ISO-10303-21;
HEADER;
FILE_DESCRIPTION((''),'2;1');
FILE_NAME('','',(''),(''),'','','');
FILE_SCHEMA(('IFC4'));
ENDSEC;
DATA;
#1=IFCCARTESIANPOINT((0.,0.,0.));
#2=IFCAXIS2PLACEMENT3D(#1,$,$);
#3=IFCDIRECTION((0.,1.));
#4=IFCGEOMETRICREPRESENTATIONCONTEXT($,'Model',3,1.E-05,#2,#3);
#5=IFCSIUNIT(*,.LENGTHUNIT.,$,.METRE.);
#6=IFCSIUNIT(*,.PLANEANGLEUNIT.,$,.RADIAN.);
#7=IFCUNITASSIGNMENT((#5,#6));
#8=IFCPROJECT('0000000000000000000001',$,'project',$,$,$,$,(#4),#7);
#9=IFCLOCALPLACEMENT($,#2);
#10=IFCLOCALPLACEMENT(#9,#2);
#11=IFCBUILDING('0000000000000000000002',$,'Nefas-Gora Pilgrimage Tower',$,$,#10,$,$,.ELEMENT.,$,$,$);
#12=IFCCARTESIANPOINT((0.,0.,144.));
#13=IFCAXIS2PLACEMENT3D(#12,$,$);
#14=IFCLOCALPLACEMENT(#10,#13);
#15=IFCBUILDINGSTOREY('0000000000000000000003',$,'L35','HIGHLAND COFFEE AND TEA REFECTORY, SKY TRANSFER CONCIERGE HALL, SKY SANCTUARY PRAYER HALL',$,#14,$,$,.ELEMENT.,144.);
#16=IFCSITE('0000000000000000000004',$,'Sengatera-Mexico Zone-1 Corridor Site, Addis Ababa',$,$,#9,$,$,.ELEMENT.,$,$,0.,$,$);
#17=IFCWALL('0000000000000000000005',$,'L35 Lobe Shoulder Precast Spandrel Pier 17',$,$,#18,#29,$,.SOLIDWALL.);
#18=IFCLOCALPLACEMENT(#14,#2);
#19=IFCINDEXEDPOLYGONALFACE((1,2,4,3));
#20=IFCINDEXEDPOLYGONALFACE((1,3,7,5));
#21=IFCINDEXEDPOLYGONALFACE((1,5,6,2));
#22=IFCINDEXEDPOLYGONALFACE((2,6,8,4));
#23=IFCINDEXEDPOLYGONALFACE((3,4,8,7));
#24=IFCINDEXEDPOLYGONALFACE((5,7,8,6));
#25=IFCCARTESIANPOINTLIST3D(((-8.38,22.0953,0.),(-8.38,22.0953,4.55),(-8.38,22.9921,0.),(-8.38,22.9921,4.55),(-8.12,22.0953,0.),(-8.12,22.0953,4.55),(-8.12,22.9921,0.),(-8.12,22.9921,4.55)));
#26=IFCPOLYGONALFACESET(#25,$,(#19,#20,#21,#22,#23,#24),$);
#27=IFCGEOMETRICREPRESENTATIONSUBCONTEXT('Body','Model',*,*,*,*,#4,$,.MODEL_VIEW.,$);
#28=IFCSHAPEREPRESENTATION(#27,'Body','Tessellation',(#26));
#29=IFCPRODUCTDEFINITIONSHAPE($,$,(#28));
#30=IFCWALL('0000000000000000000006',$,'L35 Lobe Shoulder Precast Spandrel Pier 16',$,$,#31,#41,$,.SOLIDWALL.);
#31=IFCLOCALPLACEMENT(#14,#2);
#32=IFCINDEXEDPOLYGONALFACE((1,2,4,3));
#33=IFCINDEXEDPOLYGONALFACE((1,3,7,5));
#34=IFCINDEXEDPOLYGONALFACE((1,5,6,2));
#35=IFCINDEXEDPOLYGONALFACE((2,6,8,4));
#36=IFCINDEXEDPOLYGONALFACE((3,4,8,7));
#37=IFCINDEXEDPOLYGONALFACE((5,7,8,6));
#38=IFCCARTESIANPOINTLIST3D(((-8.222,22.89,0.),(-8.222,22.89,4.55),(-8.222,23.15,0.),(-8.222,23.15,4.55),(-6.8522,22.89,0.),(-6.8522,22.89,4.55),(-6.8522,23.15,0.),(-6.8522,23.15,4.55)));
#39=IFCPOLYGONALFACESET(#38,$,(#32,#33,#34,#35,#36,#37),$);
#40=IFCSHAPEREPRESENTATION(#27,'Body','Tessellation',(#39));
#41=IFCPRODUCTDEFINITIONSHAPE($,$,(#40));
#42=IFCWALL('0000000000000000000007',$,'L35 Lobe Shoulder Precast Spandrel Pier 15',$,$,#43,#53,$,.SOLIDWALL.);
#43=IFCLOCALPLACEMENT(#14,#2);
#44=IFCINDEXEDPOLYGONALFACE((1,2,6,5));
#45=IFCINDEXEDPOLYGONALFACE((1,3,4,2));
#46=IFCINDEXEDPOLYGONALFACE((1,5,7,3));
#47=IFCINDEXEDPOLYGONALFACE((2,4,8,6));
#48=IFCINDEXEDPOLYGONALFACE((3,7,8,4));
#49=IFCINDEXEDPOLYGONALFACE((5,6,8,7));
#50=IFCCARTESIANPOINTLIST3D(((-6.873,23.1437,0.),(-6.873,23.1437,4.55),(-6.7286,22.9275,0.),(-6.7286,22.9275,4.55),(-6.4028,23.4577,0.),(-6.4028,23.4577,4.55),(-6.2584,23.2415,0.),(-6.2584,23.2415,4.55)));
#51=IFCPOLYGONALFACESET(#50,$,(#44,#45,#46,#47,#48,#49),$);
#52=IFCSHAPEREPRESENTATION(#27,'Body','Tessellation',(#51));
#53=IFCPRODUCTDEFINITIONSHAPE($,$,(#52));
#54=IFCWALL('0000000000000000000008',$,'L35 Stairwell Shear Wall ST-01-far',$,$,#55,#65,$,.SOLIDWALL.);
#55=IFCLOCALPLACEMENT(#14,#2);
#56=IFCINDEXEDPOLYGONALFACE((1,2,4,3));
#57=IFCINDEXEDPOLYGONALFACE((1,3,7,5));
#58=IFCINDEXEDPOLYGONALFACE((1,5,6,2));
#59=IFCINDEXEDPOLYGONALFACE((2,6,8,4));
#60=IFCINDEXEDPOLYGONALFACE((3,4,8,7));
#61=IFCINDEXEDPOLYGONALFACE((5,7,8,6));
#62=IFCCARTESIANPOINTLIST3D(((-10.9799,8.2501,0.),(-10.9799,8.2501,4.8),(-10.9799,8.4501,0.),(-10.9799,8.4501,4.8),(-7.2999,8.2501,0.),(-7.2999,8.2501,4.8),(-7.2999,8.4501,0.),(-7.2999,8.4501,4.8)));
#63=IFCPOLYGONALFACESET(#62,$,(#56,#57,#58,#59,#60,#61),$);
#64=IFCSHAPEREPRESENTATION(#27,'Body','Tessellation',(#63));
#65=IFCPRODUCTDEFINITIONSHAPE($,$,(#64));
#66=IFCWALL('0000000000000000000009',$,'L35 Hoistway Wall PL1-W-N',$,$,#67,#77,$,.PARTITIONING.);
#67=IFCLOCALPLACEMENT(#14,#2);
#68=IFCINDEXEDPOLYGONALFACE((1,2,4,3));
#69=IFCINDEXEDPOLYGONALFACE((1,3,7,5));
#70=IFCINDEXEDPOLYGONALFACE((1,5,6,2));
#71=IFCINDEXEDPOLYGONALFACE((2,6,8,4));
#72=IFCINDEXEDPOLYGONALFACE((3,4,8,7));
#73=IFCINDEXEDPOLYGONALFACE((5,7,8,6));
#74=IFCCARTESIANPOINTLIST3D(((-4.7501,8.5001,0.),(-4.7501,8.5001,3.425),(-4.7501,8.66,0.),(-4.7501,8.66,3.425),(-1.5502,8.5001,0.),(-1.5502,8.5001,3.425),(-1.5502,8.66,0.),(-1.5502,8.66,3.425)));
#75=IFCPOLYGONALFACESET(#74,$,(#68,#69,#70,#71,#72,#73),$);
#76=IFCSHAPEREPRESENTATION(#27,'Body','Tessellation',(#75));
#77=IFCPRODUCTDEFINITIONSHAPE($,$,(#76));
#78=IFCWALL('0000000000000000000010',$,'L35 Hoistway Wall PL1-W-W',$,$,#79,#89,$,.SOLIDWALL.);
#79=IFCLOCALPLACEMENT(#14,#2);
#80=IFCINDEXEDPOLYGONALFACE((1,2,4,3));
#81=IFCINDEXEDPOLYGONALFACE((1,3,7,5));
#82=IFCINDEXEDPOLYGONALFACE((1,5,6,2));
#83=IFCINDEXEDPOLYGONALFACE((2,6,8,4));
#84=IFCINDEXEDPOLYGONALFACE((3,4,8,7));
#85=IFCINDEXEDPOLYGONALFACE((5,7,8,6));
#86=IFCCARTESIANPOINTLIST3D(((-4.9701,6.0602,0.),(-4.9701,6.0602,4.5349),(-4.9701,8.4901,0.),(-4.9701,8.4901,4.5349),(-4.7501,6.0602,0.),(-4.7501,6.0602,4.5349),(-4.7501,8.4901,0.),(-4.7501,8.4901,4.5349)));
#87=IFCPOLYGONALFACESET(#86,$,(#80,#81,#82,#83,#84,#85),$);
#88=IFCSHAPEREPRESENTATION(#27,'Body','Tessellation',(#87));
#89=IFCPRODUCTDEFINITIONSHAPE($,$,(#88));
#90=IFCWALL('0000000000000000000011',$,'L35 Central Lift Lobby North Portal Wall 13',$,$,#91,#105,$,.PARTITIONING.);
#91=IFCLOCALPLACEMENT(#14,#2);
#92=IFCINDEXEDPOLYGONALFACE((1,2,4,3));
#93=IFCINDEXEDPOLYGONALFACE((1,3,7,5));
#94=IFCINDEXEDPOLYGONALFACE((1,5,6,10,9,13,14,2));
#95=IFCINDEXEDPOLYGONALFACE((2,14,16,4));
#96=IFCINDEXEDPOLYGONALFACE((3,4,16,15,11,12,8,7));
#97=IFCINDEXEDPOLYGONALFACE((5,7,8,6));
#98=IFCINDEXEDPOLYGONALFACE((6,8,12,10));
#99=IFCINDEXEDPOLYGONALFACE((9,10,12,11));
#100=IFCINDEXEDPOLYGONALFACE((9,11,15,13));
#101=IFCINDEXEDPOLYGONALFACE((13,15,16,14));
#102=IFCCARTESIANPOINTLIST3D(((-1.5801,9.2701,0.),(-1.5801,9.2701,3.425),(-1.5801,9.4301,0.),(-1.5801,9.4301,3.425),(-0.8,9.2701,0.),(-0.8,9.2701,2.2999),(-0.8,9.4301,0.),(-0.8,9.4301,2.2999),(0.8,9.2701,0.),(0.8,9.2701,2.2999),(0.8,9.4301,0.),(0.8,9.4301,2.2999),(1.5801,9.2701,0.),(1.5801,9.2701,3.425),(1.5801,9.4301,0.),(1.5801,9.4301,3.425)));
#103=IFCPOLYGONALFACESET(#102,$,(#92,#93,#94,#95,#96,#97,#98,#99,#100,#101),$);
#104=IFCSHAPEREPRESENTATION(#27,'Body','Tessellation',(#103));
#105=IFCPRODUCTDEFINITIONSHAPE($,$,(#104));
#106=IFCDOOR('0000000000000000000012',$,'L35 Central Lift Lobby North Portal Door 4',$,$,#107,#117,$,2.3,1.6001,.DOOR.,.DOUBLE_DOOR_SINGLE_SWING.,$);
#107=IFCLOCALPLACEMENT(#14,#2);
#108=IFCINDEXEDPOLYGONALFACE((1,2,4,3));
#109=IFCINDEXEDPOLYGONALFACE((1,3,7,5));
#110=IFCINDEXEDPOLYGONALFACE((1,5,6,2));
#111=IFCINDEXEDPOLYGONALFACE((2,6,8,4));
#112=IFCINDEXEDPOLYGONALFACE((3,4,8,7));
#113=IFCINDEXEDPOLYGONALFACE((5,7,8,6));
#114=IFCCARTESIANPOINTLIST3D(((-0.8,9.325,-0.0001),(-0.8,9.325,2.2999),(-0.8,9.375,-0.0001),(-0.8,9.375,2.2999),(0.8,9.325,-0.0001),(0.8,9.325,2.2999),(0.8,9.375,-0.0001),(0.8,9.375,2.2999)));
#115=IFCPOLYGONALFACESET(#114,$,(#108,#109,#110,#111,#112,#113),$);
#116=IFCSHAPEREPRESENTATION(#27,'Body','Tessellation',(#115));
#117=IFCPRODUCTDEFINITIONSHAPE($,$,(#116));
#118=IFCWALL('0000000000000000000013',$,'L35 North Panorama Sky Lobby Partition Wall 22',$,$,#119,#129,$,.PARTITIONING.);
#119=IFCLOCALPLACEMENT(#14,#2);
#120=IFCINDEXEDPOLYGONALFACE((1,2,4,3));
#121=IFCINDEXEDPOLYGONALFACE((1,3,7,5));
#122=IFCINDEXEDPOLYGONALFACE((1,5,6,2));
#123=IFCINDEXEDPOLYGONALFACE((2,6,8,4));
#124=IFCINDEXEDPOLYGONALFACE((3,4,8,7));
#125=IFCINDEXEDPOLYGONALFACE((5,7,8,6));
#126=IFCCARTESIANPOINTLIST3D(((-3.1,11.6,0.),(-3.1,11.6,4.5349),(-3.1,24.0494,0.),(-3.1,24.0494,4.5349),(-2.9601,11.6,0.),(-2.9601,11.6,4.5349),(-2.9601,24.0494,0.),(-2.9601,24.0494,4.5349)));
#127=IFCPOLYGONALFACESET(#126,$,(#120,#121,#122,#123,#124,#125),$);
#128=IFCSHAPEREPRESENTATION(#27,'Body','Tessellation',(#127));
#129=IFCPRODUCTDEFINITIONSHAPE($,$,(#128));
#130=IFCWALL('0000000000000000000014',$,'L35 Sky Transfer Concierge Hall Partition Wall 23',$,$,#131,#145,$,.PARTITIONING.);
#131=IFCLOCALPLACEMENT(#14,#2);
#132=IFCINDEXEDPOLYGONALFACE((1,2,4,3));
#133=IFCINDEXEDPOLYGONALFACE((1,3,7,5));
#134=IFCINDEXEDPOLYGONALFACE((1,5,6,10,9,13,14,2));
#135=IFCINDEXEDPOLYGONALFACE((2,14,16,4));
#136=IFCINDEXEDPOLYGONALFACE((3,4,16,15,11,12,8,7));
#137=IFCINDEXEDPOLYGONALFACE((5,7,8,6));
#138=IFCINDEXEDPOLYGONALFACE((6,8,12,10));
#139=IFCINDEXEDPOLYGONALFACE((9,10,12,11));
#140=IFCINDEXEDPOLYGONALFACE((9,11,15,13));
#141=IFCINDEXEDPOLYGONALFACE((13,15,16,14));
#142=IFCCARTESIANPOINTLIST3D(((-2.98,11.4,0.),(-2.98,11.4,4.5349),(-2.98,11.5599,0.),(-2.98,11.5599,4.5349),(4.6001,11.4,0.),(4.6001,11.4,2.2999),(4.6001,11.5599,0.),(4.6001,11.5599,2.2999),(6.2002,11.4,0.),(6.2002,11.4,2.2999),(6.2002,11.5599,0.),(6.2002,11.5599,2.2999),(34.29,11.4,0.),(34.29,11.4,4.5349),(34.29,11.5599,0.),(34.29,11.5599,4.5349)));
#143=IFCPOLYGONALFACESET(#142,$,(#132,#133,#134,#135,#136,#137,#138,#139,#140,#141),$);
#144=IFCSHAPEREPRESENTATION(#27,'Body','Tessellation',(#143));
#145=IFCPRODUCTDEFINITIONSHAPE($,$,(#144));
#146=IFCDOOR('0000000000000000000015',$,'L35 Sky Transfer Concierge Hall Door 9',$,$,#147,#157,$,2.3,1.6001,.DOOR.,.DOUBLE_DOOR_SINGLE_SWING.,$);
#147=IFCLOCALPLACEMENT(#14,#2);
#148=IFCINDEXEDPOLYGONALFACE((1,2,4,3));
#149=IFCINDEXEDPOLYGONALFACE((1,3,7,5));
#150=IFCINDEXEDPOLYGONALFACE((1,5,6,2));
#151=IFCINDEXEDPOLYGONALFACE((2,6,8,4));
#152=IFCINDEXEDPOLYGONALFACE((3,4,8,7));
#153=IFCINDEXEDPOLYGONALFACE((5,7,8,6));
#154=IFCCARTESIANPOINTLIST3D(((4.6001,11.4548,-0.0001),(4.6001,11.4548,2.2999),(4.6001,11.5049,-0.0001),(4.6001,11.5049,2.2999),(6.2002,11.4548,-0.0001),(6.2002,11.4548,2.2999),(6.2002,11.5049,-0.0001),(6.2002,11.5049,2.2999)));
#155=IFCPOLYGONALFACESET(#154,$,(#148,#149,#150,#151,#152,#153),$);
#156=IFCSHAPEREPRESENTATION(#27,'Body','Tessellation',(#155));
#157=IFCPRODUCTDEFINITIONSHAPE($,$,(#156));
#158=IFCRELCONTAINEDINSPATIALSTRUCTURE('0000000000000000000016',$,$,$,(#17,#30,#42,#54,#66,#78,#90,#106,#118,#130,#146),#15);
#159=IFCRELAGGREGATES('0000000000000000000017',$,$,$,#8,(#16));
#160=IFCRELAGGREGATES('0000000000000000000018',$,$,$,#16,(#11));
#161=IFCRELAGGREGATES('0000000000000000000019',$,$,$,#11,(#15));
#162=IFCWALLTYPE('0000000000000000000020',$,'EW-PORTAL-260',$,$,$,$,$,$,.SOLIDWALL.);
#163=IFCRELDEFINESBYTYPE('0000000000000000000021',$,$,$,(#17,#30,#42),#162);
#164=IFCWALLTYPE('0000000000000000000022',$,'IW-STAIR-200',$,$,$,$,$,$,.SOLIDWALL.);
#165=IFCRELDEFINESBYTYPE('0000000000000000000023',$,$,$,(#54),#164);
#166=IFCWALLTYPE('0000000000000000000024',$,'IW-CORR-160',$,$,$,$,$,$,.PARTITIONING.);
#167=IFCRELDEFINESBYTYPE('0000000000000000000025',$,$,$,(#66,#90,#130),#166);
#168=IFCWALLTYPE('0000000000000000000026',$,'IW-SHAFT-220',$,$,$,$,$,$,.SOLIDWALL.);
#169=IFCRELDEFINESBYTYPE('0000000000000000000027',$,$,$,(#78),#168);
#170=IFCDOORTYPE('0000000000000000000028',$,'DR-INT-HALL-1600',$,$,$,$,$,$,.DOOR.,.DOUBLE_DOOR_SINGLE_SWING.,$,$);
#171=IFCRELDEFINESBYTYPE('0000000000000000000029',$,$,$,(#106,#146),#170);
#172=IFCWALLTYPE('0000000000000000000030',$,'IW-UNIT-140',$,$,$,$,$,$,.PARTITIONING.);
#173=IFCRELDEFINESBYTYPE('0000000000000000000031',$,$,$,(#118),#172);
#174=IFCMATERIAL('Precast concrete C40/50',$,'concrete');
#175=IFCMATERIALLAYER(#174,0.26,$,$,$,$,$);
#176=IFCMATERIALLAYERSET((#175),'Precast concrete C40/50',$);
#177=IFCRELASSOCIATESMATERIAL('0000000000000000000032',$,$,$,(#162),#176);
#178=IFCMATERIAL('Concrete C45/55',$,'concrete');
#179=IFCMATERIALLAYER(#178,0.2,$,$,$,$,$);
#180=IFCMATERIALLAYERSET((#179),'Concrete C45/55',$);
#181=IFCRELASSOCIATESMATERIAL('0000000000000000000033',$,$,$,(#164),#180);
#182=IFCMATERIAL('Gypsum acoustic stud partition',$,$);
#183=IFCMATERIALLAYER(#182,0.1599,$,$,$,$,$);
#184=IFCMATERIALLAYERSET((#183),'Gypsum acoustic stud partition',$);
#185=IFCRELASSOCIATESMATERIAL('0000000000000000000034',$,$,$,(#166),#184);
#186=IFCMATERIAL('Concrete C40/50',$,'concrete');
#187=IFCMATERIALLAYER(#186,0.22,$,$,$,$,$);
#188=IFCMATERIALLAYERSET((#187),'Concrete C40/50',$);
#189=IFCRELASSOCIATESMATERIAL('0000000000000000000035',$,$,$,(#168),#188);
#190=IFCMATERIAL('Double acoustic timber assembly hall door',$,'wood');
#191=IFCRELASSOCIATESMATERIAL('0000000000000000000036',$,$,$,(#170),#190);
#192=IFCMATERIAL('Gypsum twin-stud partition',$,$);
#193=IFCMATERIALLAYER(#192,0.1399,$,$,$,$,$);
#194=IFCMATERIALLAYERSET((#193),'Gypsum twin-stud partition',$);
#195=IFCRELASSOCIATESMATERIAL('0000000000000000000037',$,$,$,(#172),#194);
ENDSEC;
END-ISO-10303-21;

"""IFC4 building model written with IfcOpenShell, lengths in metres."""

from ifc_helpers import new_model, si_unit, direction, frame, frame_2d, origin, place, context, subcontext, project, spatial, rectangle, extrude, source, transform, mapped, material, layer, layer_set, type_object, element, fill, save


model = new_model("IFC4")

# Units and contexts
model_context = context("Model", 3, precision=1e-05, world=origin(), true_north=direction((0.0, 1.0)))
body_context = subcontext(model_context, "Body", "Model", "MODEL_VIEW")
ifc_project = project(units=[si_unit("LENGTHUNIT", "METRE"), si_unit("PLANEANGLEUNIT", "RADIAN")], contexts=[model_context])

# Site, building, storey
site_placement = place(None, origin())
site = spatial("IfcSite", under=ifc_project, at=site_placement, Name="Sengatera-Mexico Zone-1 Corridor Site, Addis Ababa", CompositionType="ELEMENT", RefElevation=0.0)
building_placement = place(site_placement, origin())
building = spatial("IfcBuilding", under=site, at=building_placement, Name="Nefas-Gora Pilgrimage Tower", CompositionType="ELEMENT")
storey_placement = place(building_placement, frame((0.0, 0.0, 144.0)))
storey = spatial("IfcBuildingStorey", under=building, at=storey_placement, Name="L35", Description="HIGHLAND COFFEE AND TEA REFECTORY, SKY TRANSFER CONCIERGE HALL, SKY SANCTUARY PRAYER HALL", CompositionType="ELEMENT", Elevation=144.0)

# Walls
ifc_material_1 = material(Name="Precast concrete C40/50", Category="concrete")
ifc_layer_1 = layer(ifc_material_1, 0.26)
ifc_layer_set_1 = layer_set([ifc_layer_1], Name="Precast concrete C40/50")
wall_type_1 = type_object("IfcWallType", Name="EW-PORTAL-260", PredefinedType="SOLIDWALL", material=ifc_layer_set_1)
shared_shape_1 = source(origin(), body_context, "Body", "SweptSolid", [
    extrude(rectangle(XDim=0.8967, YDim=0.26, at=frame_2d((0.4482, 0.0))), origin(), (0.0, 0.0, 1.0), 4.55),
])
wall_1_placement = place(storey_placement, frame((-8.25, 22.9919, 0.0), z_axis=(0.0, 0.0, 1.0), x_axis=(0.0, -1.0, 0.0)))
element("IfcWall", 1, at=wall_1_placement, inside=storey, type_object=wall_type_1, Name="L35 Lobe Shoulder Precast Spandrel Pier 17", PredefinedType="SOLIDWALL", context=body_context, shape_type="MappedRepresentation", body=[
    mapped(shared_shape_1, transform((0.0, 0.0, 0.0), x_axis=(1.0, 0.0, 0.0), y_axis=(0.0, 1.0, 0.0), z_axis=(0.0, 0.0, 1.0), scale=1.0)),
])
shared_shape_2 = source(origin(), body_context, "Body", "SweptSolid", [
    extrude(rectangle(XDim=1.3699, YDim=0.26, at=frame_2d((0.6851, 0.0))), origin(), (0.0, 0.0, 1.0), 4.55),
])
wall_2_placement = place(storey_placement, frame((-6.8521, 23.02, 0.0), z_axis=(0.0, 0.0, 1.0), x_axis=(-1.0, 0.0, 0.0)))
element("IfcWall", 2, at=wall_2_placement, inside=storey, type_object=wall_type_1, Name="L35 Lobe Shoulder Precast Spandrel Pier 16", PredefinedType="SOLIDWALL", context=body_context, shape_type="MappedRepresentation", body=[
    mapped(shared_shape_2, transform((0.0, 0.0, 0.0), x_axis=(1.0, 0.0, 0.0), y_axis=(0.0, 1.0, 0.0), z_axis=(0.0, 0.0, 1.0), scale=1.0)),
])
shared_shape_3 = source(origin(), body_context, "Body", "SweptSolid", [
    extrude(rectangle(XDim=0.5654, YDim=0.26, at=frame_2d((0.2827, 0.0))), origin(), (0.0, 0.0, 1.0), 4.55),
])
wall_3_placement = place(storey_placement, frame((-6.3306, 23.3496, 0.0), z_axis=(0.0, 0.0, 1.0), x_axis=(-0.831651, -0.555298, 0.0)))
element("IfcWall", 3, at=wall_3_placement, inside=storey, type_object=wall_type_1, Name="L35 Lobe Shoulder Precast Spandrel Pier 15", PredefinedType="SOLIDWALL", context=body_context, shape_type="MappedRepresentation", body=[
    mapped(shared_shape_3, transform((0.0, 0.0, 0.0), x_axis=(1.0, 0.0, 0.0), y_axis=(0.0, 1.0, 0.0), z_axis=(0.0, 0.0, 1.0), scale=1.0)),
])
ifc_material_2 = material(Name="Concrete C45/55", Category="concrete")
ifc_layer_2 = layer(ifc_material_2, 0.2)
ifc_layer_set_2 = layer_set([ifc_layer_2], Name="Concrete C45/55")
wall_type_2 = type_object("IfcWallType", Name="IW-STAIR-200", PredefinedType="SOLIDWALL", material=ifc_layer_set_2)
shared_shape_4 = source(origin(), body_context, "Body", "SweptSolid", [
    extrude(rectangle(XDim=3.6799, YDim=0.2, at=frame_2d((1.8398, 0.0))), origin(), (0.0, 0.0, 1.0), 4.8),
])
wall_4_placement = place(storey_placement, frame((-7.3, 8.3501, 0.0), z_axis=(0.0, 0.0, 1.0), x_axis=(-1.0, 0.0, 0.0)))
element("IfcWall", 4, at=wall_4_placement, inside=storey, type_object=wall_type_2, Name="L35 Stairwell Shear Wall ST-01-far", PredefinedType="SOLIDWALL", context=body_context, shape_type="MappedRepresentation", body=[
    mapped(shared_shape_4, transform((0.0, 0.0, 0.0), x_axis=(1.0, 0.0, 0.0), y_axis=(0.0, 1.0, 0.0), z_axis=(0.0, 0.0, 1.0), scale=1.0)),
])
ifc_material_3 = material(Name="Gypsum acoustic stud partition")
ifc_layer_3 = layer(ifc_material_3, 0.1599)
ifc_layer_set_3 = layer_set([ifc_layer_3], Name="Gypsum acoustic stud partition")
wall_type_3 = type_object("IfcWallType", Name="IW-CORR-160", PredefinedType="PARTITIONING", material=ifc_layer_set_3)
shared_shape_5 = source(origin(), body_context, "Body", "SweptSolid", [
    extrude(rectangle(XDim=3.2, YDim=0.1599, at=frame_2d((1.6001, 0.0))), origin(), (0.0, 0.0, 1.0), 3.425),
])
wall_5_placement = place(storey_placement, frame((-1.55, 8.5801, 0.0), z_axis=(0.0, 0.0, 1.0), x_axis=(-1.0, 0.0, 0.0)))
element("IfcWall", 5, at=wall_5_placement, inside=storey, type_object=wall_type_3, Name="L35 Hoistway Wall PL1-W-N", PredefinedType="PARTITIONING", context=body_context, shape_type="MappedRepresentation", body=[
    mapped(shared_shape_5, transform((0.0, 0.0, 0.0), x_axis=(1.0, 0.0, 0.0), y_axis=(0.0, 1.0, 0.0), z_axis=(0.0, 0.0, 1.0), scale=1.0)),
])
ifc_material_4 = material(Name="Concrete C40/50", Category="concrete")
ifc_layer_4 = layer(ifc_material_4, 0.22)
ifc_layer_set_4 = layer_set([ifc_layer_4], Name="Concrete C40/50")
wall_type_4 = type_object("IfcWallType", Name="IW-SHAFT-220", PredefinedType="SOLIDWALL", material=ifc_layer_set_4)
shared_shape_6 = source(origin(), body_context, "Body", "SweptSolid", [
    extrude(rectangle(XDim=2.4299, YDim=0.22, at=frame_2d((1.2148, 0.0))), origin(), (0.0, 0.0, 1.0), 4.5349),
])
wall_6_placement = place(storey_placement, frame((-4.8601, 8.49, 0.0), z_axis=(0.0, 0.0, 1.0), x_axis=(0.0, -1.0, 0.0)))
element("IfcWall", 6, at=wall_6_placement, inside=storey, type_object=wall_type_4, Name="L35 Hoistway Wall PL1-W-W", PredefinedType="SOLIDWALL", context=body_context, shape_type="MappedRepresentation", body=[
    mapped(shared_shape_6, transform((0.0, 0.0, 0.0), x_axis=(1.0, 0.0, 0.0), y_axis=(0.0, 1.0, 0.0), z_axis=(0.0, 0.0, 1.0), scale=1.0)),
])

# Wall, opening, door
shared_shape_7 = source(origin(), body_context, "Body", "SweptSolid", [
    extrude(rectangle(XDim=3.1602, YDim=0.1599, at=frame_2d((1.5801, 0.0))), origin(), (0.0, 0.0, 1.0), 3.425),
])
wall_7_placement = place(storey_placement, frame((-1.5801, 9.3501, 0.0), z_axis=(0.0, 0.0, 1.0), x_axis=(1.0, 0.0, 0.0)))
wall_7 = element("IfcWall", 7, at=wall_7_placement, inside=storey, type_object=wall_type_3, Name="L35 Central Lift Lobby North Portal Wall 13", PredefinedType="PARTITIONING", context=body_context, shape_type="MappedRepresentation", body=[
    mapped(shared_shape_7, transform((0.0, 0.0, 0.0), x_axis=(1.0, 0.0, 0.0), y_axis=(0.0, 1.0, 0.0), z_axis=(0.0, 0.0, 1.0), scale=1.0)),
])
opening_1_placement = place(wall_7_placement, frame((0.78, 0.0, 0.0)))
opening_1 = element("IfcOpeningElement", 8, at=opening_1_placement, cuts=wall_7, PredefinedType="OPENING", context=body_context, shape_type="SweptSolid", body=[
    extrude(rectangle(XDim=1.6001, YDim=2.3, at=frame_2d((0.8, 1.1499))), frame((0.0, 0.0898, 0.0), z_axis=(0.0, -1.0, 0.0), x_axis=(1.0, 0.0, 0.0)), (0.0, 0.0, 1.0), 0.1799),
])
ifc_material_5 = material(Name="Double acoustic timber assembly hall door", Category="wood")
door_type = type_object("IfcDoorType", Name="DR-INT-HALL-1600", OperationType="DOUBLE_DOOR_SINGLE_SWING", PredefinedType="DOOR", material=ifc_material_5)
shared_shape_8 = source(origin(), body_context, "Body", "SweptSolid", [
    extrude(rectangle(XDim=1.6001, YDim=2.3, at=frame_2d((0.8, 1.1499))), frame((0.0, 0.0249, 0.0), z_axis=(0.0, -1.0, 0.0), x_axis=(1.0, 0.0, 0.0)), (0.0, 0.0, 1.0), 0.05),
])
door_1_placement = place(opening_1_placement, origin())
door_1 = element("IfcDoor", 9, at=door_1_placement, inside=storey, type_object=door_type, Name="L35 Central Lift Lobby North Portal Door 4", OperationType="DOUBLE_DOOR_SINGLE_SWING", OverallHeight=2.3, OverallWidth=1.6001, PredefinedType="DOOR", context=body_context, shape_type="MappedRepresentation", body=[
    mapped(shared_shape_8, transform((0.0, 0.0, 0.0), x_axis=(1.0, 0.0, 0.0), y_axis=(0.0, 1.0, 0.0), z_axis=(0.0, 0.0, 1.0), scale=1.0)),
])
fill(opening_1, door_1)

# Wall
ifc_material_6 = material(Name="Gypsum twin-stud partition")
ifc_layer_5 = layer(ifc_material_6, 0.1399)
ifc_layer_set_5 = layer_set([ifc_layer_5], Name="Gypsum twin-stud partition")
wall_type_5 = type_object("IfcWallType", Name="IW-UNIT-140", PredefinedType="PARTITIONING", material=ifc_layer_set_5)
shared_shape_9 = source(origin(), body_context, "Body", "SweptSolid", [
    extrude(rectangle(XDim=12.4495, YDim=0.1399, at=frame_2d((6.2246, 0.0))), origin(), (0.0, 0.0, 1.0), 4.5349),
])
wall_8_placement = place(storey_placement, frame((-3.03, 11.6001, 0.0), z_axis=(0.0, 0.0, 1.0), x_axis=(0.0, 1.0, 0.0)))
element("IfcWall", 10, at=wall_8_placement, inside=storey, type_object=wall_type_5, Name="L35 North Panorama Sky Lobby Partition Wall 22", PredefinedType="PARTITIONING", context=body_context, shape_type="MappedRepresentation", body=[
    mapped(shared_shape_9, transform((0.0, 0.0, 0.0), x_axis=(1.0, 0.0, 0.0), y_axis=(0.0, 1.0, 0.0), z_axis=(0.0, 0.0, 1.0), scale=1.0)),
])

# Wall, opening, door
shared_shape_10 = source(origin(), body_context, "Body", "SweptSolid", [
    extrude(rectangle(XDim=37.27, YDim=0.1599, at=frame_2d((18.635, 0.0))), origin(), (0.0, 0.0, 1.0), 4.5349),
])
wall_9_placement = place(storey_placement, frame((-2.98, 11.48, 0.0), z_axis=(0.0, 0.0, 1.0), x_axis=(1.0, 0.0, 0.0)))
wall_9 = element("IfcWall", 11, at=wall_9_placement, inside=storey, type_object=wall_type_3, Name="L35 Sky Transfer Concierge Hall Partition Wall 23", PredefinedType="PARTITIONING", context=body_context, shape_type="MappedRepresentation", body=[
    mapped(shared_shape_10, transform((0.0, 0.0, 0.0), x_axis=(1.0, 0.0, 0.0), y_axis=(0.0, 1.0, 0.0), z_axis=(0.0, 0.0, 1.0), scale=1.0)),
])
opening_2_placement = place(wall_9_placement, frame((7.5801, 0.0, 0.0)))
opening_2 = element("IfcOpeningElement", 12, at=opening_2_placement, cuts=wall_9, PredefinedType="OPENING", context=body_context, shape_type="SweptSolid", body=[
    extrude(rectangle(XDim=1.6001, YDim=2.3, at=frame_2d((0.8, 1.1499))), frame((0.0, 0.0898, 0.0), z_axis=(0.0, -1.0, 0.0), x_axis=(1.0, 0.0, 0.0)), (0.0, 0.0, 1.0), 0.1799),
])
door_2_placement = place(opening_2_placement, origin())
door_2 = element("IfcDoor", 13, at=door_2_placement, inside=storey, type_object=door_type, Name="L35 Sky Transfer Concierge Hall Door 9", OperationType="DOUBLE_DOOR_SINGLE_SWING", OverallHeight=2.3, OverallWidth=1.6001, PredefinedType="DOOR", context=body_context, shape_type="MappedRepresentation", body=[
    mapped(shared_shape_8, transform((0.0, 0.0, 0.0), x_axis=(1.0, 0.0, 0.0), y_axis=(0.0, 1.0, 0.0), z_axis=(0.0, 0.0, 1.0), scale=1.0)),
])
fill(opening_2, door_2)

save(model, "model.ifc")
